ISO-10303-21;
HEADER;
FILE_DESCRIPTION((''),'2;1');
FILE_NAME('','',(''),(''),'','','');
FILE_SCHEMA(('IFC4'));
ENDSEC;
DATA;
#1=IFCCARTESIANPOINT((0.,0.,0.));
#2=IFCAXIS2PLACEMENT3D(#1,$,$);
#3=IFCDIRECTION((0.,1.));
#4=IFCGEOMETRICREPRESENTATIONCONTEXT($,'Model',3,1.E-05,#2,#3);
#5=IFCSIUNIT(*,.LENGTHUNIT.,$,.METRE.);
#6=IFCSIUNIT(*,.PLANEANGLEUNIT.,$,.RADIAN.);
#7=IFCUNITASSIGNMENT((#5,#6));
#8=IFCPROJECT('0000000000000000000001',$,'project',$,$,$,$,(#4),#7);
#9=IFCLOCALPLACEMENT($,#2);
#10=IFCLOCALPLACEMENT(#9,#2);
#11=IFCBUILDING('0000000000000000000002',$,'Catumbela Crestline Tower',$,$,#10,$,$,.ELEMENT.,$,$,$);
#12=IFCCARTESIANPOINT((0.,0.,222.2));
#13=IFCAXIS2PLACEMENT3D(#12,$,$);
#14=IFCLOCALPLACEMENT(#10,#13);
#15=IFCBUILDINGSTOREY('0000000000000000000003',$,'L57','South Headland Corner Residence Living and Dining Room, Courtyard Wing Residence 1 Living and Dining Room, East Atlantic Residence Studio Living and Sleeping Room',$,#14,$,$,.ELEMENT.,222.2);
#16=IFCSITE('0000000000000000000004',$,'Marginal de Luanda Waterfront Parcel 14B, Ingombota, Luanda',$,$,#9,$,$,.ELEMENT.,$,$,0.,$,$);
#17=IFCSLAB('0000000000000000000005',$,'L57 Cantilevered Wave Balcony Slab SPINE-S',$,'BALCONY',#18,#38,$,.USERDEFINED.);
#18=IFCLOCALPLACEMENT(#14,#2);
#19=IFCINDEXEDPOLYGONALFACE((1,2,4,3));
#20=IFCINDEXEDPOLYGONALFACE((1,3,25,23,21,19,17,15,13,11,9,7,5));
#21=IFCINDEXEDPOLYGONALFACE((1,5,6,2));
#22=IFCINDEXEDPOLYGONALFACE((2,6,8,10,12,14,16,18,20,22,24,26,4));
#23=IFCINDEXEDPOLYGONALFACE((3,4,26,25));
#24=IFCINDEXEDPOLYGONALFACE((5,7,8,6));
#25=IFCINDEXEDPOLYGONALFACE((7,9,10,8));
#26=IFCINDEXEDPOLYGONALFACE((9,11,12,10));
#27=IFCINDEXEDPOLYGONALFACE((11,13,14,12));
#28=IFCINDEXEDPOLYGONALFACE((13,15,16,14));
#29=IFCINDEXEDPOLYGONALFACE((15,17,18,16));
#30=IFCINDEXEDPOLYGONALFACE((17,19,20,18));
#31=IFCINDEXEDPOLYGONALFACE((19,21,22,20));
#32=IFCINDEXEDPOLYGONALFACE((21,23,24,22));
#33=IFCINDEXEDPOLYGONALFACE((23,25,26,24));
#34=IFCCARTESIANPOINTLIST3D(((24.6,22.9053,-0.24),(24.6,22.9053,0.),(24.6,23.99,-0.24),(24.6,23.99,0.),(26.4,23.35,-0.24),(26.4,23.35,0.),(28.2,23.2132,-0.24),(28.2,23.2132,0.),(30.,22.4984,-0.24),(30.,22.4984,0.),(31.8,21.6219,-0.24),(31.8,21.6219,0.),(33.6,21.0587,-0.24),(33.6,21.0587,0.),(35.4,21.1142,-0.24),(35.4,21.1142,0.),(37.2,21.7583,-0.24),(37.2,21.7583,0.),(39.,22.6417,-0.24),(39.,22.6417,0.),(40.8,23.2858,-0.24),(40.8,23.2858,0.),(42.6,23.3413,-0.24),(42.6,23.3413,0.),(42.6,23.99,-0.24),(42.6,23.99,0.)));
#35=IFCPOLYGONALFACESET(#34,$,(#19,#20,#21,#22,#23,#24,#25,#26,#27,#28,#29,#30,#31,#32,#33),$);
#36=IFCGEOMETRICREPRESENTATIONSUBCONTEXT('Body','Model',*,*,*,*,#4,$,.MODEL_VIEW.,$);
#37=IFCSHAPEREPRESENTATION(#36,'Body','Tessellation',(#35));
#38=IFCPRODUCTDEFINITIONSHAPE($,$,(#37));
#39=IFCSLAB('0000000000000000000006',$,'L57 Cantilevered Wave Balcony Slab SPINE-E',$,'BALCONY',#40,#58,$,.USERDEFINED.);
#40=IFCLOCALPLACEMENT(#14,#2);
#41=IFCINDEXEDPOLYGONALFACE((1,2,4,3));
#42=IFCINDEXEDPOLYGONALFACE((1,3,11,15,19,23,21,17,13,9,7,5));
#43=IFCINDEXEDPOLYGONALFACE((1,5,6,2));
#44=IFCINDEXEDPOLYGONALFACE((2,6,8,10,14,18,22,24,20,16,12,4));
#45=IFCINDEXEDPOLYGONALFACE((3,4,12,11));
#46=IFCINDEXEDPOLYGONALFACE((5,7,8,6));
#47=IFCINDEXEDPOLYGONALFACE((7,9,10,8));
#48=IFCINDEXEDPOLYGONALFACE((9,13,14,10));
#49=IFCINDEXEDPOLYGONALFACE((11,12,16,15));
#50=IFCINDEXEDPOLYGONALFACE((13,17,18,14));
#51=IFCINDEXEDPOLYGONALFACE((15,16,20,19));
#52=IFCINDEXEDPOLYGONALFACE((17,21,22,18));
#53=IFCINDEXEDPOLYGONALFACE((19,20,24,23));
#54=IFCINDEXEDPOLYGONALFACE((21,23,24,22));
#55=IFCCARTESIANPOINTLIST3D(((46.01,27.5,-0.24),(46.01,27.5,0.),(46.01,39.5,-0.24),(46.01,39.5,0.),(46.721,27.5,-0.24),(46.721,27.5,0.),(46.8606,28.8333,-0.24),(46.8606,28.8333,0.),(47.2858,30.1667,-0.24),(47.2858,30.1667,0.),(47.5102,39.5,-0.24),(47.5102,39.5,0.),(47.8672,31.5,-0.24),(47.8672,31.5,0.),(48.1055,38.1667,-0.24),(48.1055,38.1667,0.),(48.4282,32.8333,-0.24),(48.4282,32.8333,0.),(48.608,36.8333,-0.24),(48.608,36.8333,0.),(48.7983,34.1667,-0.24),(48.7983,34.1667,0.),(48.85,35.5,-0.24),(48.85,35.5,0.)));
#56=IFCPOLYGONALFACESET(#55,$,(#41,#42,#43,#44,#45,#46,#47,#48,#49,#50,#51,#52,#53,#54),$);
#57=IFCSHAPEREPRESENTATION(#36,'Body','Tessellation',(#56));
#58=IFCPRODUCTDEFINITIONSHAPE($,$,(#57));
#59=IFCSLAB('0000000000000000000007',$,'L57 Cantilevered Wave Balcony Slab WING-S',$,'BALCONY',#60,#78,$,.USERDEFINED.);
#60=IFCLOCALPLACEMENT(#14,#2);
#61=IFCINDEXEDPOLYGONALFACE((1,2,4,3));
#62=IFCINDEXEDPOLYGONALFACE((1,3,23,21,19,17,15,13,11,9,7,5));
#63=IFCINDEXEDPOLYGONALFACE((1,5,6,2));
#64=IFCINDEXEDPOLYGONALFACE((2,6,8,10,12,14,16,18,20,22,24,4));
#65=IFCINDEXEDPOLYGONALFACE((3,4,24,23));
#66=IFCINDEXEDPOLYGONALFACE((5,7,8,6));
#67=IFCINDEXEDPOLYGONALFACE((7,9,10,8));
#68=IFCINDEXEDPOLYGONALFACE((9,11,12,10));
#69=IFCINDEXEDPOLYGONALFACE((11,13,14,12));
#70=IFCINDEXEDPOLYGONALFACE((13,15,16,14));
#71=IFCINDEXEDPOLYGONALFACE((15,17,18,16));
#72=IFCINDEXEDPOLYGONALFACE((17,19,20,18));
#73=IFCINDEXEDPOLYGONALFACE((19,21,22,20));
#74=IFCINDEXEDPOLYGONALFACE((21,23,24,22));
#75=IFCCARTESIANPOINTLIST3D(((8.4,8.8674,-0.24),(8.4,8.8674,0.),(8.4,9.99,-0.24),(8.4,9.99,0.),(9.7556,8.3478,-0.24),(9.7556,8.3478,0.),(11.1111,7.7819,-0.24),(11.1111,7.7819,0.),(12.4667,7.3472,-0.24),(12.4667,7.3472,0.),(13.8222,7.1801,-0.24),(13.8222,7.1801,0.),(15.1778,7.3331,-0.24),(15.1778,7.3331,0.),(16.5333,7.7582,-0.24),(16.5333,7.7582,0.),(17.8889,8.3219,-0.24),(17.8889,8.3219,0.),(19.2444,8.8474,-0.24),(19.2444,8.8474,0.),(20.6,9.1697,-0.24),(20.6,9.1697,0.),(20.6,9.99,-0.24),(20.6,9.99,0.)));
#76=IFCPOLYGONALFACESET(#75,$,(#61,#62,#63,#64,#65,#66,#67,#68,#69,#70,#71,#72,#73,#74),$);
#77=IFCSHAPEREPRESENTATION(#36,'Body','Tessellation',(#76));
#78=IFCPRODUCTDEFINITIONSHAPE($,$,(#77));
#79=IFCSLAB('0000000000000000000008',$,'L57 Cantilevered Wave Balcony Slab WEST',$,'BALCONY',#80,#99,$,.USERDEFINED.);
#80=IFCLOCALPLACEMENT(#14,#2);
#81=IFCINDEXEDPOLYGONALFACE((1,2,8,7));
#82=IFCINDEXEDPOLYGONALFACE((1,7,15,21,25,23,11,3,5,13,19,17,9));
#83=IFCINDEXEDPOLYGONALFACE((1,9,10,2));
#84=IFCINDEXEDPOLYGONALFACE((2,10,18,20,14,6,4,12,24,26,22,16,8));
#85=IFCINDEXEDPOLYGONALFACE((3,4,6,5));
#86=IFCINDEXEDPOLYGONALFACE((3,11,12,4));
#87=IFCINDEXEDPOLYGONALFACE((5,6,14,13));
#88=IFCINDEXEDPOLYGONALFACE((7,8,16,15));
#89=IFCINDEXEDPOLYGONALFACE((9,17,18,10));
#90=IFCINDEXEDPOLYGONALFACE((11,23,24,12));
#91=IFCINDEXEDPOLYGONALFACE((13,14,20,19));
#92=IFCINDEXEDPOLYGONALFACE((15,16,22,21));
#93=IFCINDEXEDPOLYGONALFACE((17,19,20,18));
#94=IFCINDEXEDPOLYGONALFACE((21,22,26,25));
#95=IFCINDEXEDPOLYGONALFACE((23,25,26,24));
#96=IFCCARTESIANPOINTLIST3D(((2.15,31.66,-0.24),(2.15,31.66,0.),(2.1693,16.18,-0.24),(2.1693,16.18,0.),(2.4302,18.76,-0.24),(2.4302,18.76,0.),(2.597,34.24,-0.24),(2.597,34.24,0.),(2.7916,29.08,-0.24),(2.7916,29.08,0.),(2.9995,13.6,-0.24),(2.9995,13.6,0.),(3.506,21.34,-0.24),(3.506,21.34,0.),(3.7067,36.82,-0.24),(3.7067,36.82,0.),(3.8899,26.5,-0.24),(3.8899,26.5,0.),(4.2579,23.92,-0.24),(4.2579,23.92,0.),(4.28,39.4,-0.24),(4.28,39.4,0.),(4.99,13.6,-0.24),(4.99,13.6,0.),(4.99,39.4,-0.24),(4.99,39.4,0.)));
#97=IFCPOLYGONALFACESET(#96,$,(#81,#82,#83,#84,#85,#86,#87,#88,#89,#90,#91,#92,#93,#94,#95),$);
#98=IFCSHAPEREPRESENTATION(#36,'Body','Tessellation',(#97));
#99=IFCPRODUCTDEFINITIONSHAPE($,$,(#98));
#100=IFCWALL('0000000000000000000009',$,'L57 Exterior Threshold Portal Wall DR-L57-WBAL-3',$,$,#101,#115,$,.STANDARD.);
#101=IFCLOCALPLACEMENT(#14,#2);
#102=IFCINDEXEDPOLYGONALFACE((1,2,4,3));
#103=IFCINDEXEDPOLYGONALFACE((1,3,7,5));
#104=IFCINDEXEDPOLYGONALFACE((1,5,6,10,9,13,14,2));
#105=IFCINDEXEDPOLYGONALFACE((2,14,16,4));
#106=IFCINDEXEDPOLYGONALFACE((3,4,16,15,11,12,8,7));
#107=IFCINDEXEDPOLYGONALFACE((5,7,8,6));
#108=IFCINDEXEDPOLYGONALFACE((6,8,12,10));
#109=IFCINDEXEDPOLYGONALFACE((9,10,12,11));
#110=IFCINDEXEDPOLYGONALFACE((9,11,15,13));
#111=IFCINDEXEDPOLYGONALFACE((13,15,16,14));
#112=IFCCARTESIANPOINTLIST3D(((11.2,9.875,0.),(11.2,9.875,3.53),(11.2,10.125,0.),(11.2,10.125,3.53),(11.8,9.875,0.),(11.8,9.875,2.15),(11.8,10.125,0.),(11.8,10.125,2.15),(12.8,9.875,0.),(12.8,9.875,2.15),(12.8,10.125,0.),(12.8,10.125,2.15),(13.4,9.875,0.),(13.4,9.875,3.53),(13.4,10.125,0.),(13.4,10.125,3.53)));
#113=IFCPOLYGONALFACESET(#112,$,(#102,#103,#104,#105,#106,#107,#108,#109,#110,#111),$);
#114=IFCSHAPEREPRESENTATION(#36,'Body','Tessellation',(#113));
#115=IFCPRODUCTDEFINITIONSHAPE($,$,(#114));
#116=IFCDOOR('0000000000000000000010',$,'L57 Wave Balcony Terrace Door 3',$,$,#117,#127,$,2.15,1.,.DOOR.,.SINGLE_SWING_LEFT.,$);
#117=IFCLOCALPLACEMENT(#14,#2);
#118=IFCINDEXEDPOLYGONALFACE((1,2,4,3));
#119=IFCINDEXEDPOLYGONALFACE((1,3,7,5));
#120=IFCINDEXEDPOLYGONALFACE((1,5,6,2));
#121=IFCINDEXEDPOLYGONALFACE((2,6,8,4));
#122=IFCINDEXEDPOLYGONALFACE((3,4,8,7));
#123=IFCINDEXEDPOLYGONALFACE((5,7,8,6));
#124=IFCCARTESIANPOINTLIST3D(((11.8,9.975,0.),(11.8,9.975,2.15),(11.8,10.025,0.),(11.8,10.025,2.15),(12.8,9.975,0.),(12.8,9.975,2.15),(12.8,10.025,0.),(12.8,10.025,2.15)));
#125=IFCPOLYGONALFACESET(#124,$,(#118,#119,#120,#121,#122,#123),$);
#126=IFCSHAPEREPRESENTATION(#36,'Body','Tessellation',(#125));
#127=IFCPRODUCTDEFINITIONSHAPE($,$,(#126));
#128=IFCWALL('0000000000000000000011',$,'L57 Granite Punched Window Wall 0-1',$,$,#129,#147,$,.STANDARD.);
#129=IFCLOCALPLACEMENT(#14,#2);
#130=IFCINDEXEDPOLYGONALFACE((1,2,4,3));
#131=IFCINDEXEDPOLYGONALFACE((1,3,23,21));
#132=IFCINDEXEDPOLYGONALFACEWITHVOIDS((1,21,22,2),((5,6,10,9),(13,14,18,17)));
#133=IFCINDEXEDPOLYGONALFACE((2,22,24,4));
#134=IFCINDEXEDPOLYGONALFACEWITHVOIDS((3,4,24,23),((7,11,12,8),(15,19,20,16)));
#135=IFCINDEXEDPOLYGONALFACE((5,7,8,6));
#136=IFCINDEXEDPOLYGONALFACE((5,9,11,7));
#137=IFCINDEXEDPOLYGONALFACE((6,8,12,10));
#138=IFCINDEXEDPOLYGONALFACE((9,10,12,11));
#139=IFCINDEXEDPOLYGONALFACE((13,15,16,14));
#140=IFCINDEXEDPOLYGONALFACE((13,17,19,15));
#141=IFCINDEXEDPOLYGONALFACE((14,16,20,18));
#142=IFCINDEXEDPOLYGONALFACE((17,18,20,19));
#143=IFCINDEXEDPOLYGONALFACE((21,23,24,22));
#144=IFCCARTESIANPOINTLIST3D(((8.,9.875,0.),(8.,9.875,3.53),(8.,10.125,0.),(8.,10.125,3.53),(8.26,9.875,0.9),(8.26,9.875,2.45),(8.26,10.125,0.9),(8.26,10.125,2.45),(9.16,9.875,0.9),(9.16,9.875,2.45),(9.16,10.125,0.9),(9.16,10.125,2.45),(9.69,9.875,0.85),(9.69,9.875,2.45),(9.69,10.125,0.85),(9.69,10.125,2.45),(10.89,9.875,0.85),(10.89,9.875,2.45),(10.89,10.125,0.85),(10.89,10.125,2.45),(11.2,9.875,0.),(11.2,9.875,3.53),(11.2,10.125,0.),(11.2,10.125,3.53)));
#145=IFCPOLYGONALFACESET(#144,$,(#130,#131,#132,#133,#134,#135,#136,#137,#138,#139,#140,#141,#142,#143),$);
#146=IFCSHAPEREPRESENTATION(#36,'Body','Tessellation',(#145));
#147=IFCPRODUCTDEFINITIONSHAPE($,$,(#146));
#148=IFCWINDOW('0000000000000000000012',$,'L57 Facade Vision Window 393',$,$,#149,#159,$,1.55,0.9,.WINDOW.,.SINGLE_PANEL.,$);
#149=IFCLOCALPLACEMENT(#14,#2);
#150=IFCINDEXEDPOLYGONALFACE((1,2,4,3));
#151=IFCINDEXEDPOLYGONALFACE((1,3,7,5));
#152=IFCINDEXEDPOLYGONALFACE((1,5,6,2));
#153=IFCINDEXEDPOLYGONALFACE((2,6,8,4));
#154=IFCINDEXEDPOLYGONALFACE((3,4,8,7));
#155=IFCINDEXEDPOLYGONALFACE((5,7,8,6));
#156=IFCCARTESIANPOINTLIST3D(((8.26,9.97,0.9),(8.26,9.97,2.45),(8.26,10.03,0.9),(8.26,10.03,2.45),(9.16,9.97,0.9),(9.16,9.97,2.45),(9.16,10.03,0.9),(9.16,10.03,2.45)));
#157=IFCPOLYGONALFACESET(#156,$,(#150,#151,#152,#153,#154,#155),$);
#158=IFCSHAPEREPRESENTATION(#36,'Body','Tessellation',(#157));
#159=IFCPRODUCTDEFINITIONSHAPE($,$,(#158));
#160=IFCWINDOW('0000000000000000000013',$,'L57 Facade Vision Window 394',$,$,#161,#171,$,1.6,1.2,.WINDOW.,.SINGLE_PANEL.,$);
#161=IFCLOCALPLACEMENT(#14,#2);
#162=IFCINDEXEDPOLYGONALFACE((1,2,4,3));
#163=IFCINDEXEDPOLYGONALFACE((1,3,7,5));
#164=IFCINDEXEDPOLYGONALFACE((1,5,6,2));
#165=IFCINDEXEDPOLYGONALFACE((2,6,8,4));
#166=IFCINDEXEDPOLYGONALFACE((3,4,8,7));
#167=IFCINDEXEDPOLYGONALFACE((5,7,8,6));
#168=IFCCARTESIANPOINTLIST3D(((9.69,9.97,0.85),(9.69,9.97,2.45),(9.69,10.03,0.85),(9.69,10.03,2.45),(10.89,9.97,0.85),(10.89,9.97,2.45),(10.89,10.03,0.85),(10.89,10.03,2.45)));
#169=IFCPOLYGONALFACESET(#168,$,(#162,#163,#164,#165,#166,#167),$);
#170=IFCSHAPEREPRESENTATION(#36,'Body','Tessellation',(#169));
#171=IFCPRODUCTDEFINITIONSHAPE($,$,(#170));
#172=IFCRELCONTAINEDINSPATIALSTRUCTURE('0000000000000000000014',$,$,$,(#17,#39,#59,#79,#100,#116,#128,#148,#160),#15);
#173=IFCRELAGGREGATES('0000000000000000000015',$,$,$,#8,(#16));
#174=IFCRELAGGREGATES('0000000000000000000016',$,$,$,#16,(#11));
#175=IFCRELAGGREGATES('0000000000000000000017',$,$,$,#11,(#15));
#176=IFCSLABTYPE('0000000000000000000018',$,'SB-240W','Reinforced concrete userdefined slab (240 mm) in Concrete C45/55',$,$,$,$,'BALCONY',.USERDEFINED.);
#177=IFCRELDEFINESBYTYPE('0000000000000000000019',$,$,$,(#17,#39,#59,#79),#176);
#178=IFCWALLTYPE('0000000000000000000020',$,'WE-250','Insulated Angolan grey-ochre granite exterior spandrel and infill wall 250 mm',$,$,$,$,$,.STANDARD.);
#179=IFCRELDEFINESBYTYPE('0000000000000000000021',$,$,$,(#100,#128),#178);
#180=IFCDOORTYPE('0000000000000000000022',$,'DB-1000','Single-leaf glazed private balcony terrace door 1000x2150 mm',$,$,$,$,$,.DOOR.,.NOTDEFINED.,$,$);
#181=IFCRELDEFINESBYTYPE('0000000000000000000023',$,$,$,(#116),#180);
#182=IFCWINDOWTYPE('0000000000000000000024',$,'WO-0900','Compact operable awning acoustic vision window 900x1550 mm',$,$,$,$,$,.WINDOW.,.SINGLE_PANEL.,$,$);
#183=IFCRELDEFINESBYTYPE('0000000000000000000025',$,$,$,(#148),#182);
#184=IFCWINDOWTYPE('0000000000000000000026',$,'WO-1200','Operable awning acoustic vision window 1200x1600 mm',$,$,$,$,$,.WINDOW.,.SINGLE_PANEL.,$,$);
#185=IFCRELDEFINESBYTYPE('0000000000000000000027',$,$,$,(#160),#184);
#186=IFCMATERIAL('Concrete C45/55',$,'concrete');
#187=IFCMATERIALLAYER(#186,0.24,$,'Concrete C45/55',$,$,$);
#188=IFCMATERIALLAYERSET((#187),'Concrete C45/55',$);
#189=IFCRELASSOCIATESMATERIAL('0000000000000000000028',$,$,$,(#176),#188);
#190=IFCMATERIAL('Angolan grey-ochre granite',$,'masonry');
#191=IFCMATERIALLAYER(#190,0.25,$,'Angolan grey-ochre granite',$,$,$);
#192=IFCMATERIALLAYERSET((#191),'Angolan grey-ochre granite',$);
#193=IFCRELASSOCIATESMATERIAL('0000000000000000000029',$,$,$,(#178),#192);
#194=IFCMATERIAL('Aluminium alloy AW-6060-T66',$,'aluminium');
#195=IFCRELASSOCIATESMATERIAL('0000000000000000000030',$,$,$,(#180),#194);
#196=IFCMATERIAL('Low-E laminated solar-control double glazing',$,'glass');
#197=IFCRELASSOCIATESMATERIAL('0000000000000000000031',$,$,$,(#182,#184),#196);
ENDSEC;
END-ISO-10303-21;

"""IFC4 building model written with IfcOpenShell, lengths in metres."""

from ifc_helpers import new_model, si_unit, direction, frame, frame_2d, origin, place, context, subcontext, project, spatial, polyline, rectangle, outline, extrude, material, layer, layer_set, type_object, element, fill, save


model = new_model("IFC4")

# Units and contexts
model_context = context("Model", 3, precision=1e-05, world=origin(), true_north=direction((0.0, 1.0)))
body_context = subcontext(model_context, "Body", "Model", "MODEL_VIEW")
ifc_project = project(units=[si_unit("LENGTHUNIT", "METRE"), si_unit("PLANEANGLEUNIT", "RADIAN")], contexts=[model_context])

# Site, building, storey
site_placement = place(None, origin())
site = spatial("IfcSite", under=ifc_project, at=site_placement, Name="Marginal de Luanda Waterfront Parcel 14B, Ingombota, Luanda", CompositionType="ELEMENT", RefElevation=0.0)
building_placement = place(site_placement, origin())
building = spatial("IfcBuilding", under=site, at=building_placement, Name="Catumbela Crestline Tower", CompositionType="ELEMENT")
storey_placement = place(building_placement, frame((0.0, 0.0, 222.2)))
storey = spatial("IfcBuildingStorey", under=building, at=storey_placement, Name="L57", Description="South Headland Corner Residence Living and Dining Room, Courtyard Wing Residence 1 Living and Dining Room, East Atlantic Residence Studio Living and Sleeping Room", CompositionType="ELEMENT", Elevation=222.2)

# Shared definitions
ifc_material_1 = material(Name="Aluminium alloy AW-6060-T66", Category="aluminium")
ifc_material_2 = material(Name="Low-E laminated solar-control double glazing", Category="glass")

# Shared definitions
ifc_material_3 = material(Name="Concrete C45/55", Category="concrete")

# Slabs
ifc_layer_1 = layer(ifc_material_3, 0.24, Name="Concrete C45/55")
ifc_layer_set_1 = layer_set([ifc_layer_1], Name="Concrete C45/55")
slab_type_1 = type_object("IfcSlabType", Name="SB-240W", Description="Reinforced concrete userdefined slab (240 mm) in Concrete C45/55", ElementType="BALCONY", PredefinedType="USERDEFINED", material=ifc_layer_set_1)
slab_1_placement = place(storey_placement, frame((0.0, 0.0, -0.24)))
element("IfcSlab", 1, at=slab_1_placement, inside=storey, type_object=slab_type_1, Name="L57 Cantilevered Wave Balcony Slab SPINE-S", ObjectType="BALCONY", PredefinedType="USERDEFINED", context=body_context, shape_type="SweptSolid", body=[
    extrude(outline(polyline([(24.6, 22.9053), (26.4, 23.35), (28.2, 23.2132), (30.0, 22.4984), (31.8, 21.6219), (33.6, 21.0587), (35.4, 21.1142), (37.2, 21.7583), (39.0, 22.6417), (40.8, 23.2858), (42.6, 23.3413), (42.6, 23.99), (24.6, 23.99), (24.6, 22.9053)])), origin(), (0.0, 0.0, 1.0), 0.24),
])
slab_2_placement = place(storey_placement, frame((0.0, 0.0, -0.24)))
element("IfcSlab", 2, at=slab_2_placement, inside=storey, type_object=slab_type_1, Name="L57 Cantilevered Wave Balcony Slab SPINE-E", ObjectType="BALCONY", PredefinedType="USERDEFINED", context=body_context, shape_type="SweptSolid", body=[
    extrude(outline(polyline([(46.01, 27.5), (46.721, 27.5), (46.8606, 28.8333), (47.2858, 30.1667), (47.8672, 31.5), (48.4282, 32.8333), (48.7983, 34.1667), (48.85, 35.5), (48.608, 36.8333), (48.1055, 38.1667), (47.5102, 39.5), (46.01, 39.5), (46.01, 27.5)])), origin(), (0.0, 0.0, 1.0), 0.24),
])
slab_3_placement = place(storey_placement, frame((0.0, 0.0, -0.24)))
element("IfcSlab", 3, at=slab_3_placement, inside=storey, type_object=slab_type_1, Name="L57 Cantilevered Wave Balcony Slab WING-S", ObjectType="BALCONY", PredefinedType="USERDEFINED", context=body_context, shape_type="SweptSolid", body=[
    extrude(outline(polyline([(8.4, 8.8674), (9.7556, 8.3478), (11.1111, 7.7819), (12.4667, 7.3472), (13.8222, 7.1801), (15.1778, 7.3331), (16.5333, 7.7582), (17.8889, 8.3219), (19.2444, 8.8474), (20.6, 9.1697), (20.6, 9.99), (8.4, 9.99), (8.4, 8.8674)])), origin(), (0.0, 0.0, 1.0), 0.24),
])
slab_4_placement = place(storey_placement, frame((0.0, 0.0, -0.24)))
element("IfcSlab", 4, at=slab_4_placement, inside=storey, type_object=slab_type_1, Name="L57 Cantilevered Wave Balcony Slab WEST", ObjectType="BALCONY", PredefinedType="USERDEFINED", context=body_context, shape_type="SweptSolid", body=[
    extrude(outline(polyline([(4.99, 39.4), (4.28, 39.4), (3.7067, 36.82), (2.597, 34.24), (2.15, 31.66), (2.7916, 29.08), (3.8899, 26.5), (4.2579, 23.92), (3.506, 21.34), (2.4302, 18.76), (2.1693, 16.18), (2.9995, 13.6), (4.99, 13.6), (4.99, 39.4)])), origin(), (0.0, 0.0, 1.0), 0.24),
])

# Wall, opening, door
ifc_material_4 = material(Name="Angolan grey-ochre granite", Category="masonry")
ifc_layer_2 = layer(ifc_material_4, 0.25, Name="Angolan grey-ochre granite")
ifc_layer_set_2 = layer_set([ifc_layer_2], Name="Angolan grey-ochre granite")
wall_type = type_object("IfcWallType", Name="WE-250", Description="Insulated Angolan grey-ochre granite exterior spandrel and infill wall 250 mm", PredefinedType="STANDARD", material=ifc_layer_set_2)
wall_1_placement = place(storey_placement, frame((11.2, 10.0, 0.0), z_axis=(0.0, 0.0, 1.0), x_axis=(1.0, 0.0, 0.0)))
wall_1 = element("IfcWall", 5, at=wall_1_placement, inside=storey, type_object=wall_type, Name="L57 Exterior Threshold Portal Wall DR-L57-WBAL-3", PredefinedType="STANDARD", context=body_context, shape_type="SweptSolid", body=[
    extrude(rectangle(XDim=2.2, YDim=0.25, at=frame_2d((1.1, 0.0))), origin(), (0.0, 0.0, 1.0), 3.53),
])
opening_1_placement = place(wall_1_placement, frame((0.6, 0.0, 0.0)))
opening_1 = element("IfcOpeningElement", 6, at=opening_1_placement, cuts=wall_1, PredefinedType="OPENING", context=body_context, shape_type="SweptSolid", body=[
    extrude(rectangle(XDim=1.0, YDim=2.15, at=frame_2d((0.5, 1.075))), frame((0.0, 0.135, 0.0), z_axis=(0.0, -1.0, 0.0), x_axis=(1.0, 0.0, 0.0)), (0.0, 0.0, 1.0), 0.27),
])
door_type = type_object("IfcDoorType", Name="DB-1000", Description="Single-leaf glazed private balcony terrace door 1000x2150 mm", OperationType="NOTDEFINED", PredefinedType="DOOR", material=ifc_material_1)
door_placement = place(opening_1_placement, origin())
door = element("IfcDoor", 7, at=door_placement, inside=storey, type_object=door_type, Name="L57 Wave Balcony Terrace Door 3", OperationType="SINGLE_SWING_LEFT", OverallHeight=2.15, OverallWidth=1.0, PredefinedType="DOOR", context=body_context, shape_type="SweptSolid", body=[
    extrude(rectangle(XDim=1.0, YDim=2.15, at=frame_2d((0.5, 1.075))), frame((0.0, 0.025, 0.0), z_axis=(0.0, -1.0, 0.0), x_axis=(1.0, 0.0, 0.0)), (0.0, 0.0, 1.0), 0.05),
])
fill(opening_1, door)

# Wall, openings, windows
wall_2_placement = place(storey_placement, frame((8.0, 10.0, 0.0), z_axis=(0.0, 0.0, 1.0), x_axis=(1.0, 0.0, 0.0)))
wall_2 = element("IfcWall", 8, at=wall_2_placement, inside=storey, type_object=wall_type, Name="L57 Granite Punched Window Wall 0-1", PredefinedType="STANDARD", context=body_context, shape_type="SweptSolid", body=[
    extrude(rectangle(XDim=3.2, YDim=0.25, at=frame_2d((1.6, 0.0))), origin(), (0.0, 0.0, 1.0), 3.53),
])
opening_2_placement = place(wall_2_placement, frame((0.26, 0.0, 0.9)))
opening_2 = element("IfcOpeningElement", 9, at=opening_2_placement, cuts=wall_2, PredefinedType="OPENING", context=body_context, shape_type="SweptSolid", body=[
    extrude(rectangle(XDim=0.9, YDim=1.55, at=frame_2d((0.45, 0.775))), frame((0.0, 0.135, 0.0), z_axis=(0.0, -1.0, 0.0), x_axis=(1.0, 0.0, 0.0)), (0.0, 0.0, 1.0), 0.27),
])
opening_3_placement = place(wall_2_placement, frame((1.69, 0.0, 0.85)))
opening_3 = element("IfcOpeningElement", 10, at=opening_3_placement, cuts=wall_2, PredefinedType="OPENING", context=body_context, shape_type="SweptSolid", body=[
    extrude(rectangle(XDim=1.2, YDim=1.6, at=frame_2d((0.6, 0.8))), frame((0.0, 0.135, 0.0), z_axis=(0.0, -1.0, 0.0), x_axis=(1.0, 0.0, 0.0)), (0.0, 0.0, 1.0), 0.27),
])
window_type_1 = type_object("IfcWindowType", Name="WO-0900", Description="Compact operable awning acoustic vision window 900x1550 mm", PartitioningType="SINGLE_PANEL", PredefinedType="WINDOW", material=ifc_material_2)
window_1_placement = place(opening_2_placement, origin())
window_1 = element("IfcWindow", 11, at=window_1_placement, inside=storey, type_object=window_type_1, Name="L57 Facade Vision Window 393", OverallHeight=1.55, OverallWidth=0.9, PartitioningType="SINGLE_PANEL", PredefinedType="WINDOW", context=body_context, shape_type="SweptSolid", body=[
    extrude(rectangle(XDim=0.9, YDim=1.55, at=frame_2d((0.45, 0.775))), frame((0.0, 0.03, 0.0), z_axis=(0.0, -1.0, 0.0), x_axis=(1.0, 0.0, 0.0)), (0.0, 0.0, 1.0), 0.06),
])
fill(opening_2, window_1)
window_type_2 = type_object("IfcWindowType", Name="WO-1200", Description="Operable awning acoustic vision window 1200x1600 mm", PartitioningType="SINGLE_PANEL", PredefinedType="WINDOW", material=ifc_material_2)
window_2_placement = place(opening_3_placement, origin())
window_2 = element("IfcWindow", 12, at=window_2_placement, inside=storey, type_object=window_type_2, Name="L57 Facade Vision Window 394", OverallHeight=1.6, OverallWidth=1.2, PartitioningType="SINGLE_PANEL", PredefinedType="WINDOW", context=body_context, shape_type="SweptSolid", body=[
    extrude(rectangle(XDim=1.2, YDim=1.6, at=frame_2d((0.6, 0.8))), frame((0.0, 0.03, 0.0), z_axis=(0.0, -1.0, 0.0), x_axis=(1.0, 0.0, 0.0)), (0.0, 0.0, 1.0), 0.06),
])
fill(opening_3, window_2)

save(model, "model.ifc")
